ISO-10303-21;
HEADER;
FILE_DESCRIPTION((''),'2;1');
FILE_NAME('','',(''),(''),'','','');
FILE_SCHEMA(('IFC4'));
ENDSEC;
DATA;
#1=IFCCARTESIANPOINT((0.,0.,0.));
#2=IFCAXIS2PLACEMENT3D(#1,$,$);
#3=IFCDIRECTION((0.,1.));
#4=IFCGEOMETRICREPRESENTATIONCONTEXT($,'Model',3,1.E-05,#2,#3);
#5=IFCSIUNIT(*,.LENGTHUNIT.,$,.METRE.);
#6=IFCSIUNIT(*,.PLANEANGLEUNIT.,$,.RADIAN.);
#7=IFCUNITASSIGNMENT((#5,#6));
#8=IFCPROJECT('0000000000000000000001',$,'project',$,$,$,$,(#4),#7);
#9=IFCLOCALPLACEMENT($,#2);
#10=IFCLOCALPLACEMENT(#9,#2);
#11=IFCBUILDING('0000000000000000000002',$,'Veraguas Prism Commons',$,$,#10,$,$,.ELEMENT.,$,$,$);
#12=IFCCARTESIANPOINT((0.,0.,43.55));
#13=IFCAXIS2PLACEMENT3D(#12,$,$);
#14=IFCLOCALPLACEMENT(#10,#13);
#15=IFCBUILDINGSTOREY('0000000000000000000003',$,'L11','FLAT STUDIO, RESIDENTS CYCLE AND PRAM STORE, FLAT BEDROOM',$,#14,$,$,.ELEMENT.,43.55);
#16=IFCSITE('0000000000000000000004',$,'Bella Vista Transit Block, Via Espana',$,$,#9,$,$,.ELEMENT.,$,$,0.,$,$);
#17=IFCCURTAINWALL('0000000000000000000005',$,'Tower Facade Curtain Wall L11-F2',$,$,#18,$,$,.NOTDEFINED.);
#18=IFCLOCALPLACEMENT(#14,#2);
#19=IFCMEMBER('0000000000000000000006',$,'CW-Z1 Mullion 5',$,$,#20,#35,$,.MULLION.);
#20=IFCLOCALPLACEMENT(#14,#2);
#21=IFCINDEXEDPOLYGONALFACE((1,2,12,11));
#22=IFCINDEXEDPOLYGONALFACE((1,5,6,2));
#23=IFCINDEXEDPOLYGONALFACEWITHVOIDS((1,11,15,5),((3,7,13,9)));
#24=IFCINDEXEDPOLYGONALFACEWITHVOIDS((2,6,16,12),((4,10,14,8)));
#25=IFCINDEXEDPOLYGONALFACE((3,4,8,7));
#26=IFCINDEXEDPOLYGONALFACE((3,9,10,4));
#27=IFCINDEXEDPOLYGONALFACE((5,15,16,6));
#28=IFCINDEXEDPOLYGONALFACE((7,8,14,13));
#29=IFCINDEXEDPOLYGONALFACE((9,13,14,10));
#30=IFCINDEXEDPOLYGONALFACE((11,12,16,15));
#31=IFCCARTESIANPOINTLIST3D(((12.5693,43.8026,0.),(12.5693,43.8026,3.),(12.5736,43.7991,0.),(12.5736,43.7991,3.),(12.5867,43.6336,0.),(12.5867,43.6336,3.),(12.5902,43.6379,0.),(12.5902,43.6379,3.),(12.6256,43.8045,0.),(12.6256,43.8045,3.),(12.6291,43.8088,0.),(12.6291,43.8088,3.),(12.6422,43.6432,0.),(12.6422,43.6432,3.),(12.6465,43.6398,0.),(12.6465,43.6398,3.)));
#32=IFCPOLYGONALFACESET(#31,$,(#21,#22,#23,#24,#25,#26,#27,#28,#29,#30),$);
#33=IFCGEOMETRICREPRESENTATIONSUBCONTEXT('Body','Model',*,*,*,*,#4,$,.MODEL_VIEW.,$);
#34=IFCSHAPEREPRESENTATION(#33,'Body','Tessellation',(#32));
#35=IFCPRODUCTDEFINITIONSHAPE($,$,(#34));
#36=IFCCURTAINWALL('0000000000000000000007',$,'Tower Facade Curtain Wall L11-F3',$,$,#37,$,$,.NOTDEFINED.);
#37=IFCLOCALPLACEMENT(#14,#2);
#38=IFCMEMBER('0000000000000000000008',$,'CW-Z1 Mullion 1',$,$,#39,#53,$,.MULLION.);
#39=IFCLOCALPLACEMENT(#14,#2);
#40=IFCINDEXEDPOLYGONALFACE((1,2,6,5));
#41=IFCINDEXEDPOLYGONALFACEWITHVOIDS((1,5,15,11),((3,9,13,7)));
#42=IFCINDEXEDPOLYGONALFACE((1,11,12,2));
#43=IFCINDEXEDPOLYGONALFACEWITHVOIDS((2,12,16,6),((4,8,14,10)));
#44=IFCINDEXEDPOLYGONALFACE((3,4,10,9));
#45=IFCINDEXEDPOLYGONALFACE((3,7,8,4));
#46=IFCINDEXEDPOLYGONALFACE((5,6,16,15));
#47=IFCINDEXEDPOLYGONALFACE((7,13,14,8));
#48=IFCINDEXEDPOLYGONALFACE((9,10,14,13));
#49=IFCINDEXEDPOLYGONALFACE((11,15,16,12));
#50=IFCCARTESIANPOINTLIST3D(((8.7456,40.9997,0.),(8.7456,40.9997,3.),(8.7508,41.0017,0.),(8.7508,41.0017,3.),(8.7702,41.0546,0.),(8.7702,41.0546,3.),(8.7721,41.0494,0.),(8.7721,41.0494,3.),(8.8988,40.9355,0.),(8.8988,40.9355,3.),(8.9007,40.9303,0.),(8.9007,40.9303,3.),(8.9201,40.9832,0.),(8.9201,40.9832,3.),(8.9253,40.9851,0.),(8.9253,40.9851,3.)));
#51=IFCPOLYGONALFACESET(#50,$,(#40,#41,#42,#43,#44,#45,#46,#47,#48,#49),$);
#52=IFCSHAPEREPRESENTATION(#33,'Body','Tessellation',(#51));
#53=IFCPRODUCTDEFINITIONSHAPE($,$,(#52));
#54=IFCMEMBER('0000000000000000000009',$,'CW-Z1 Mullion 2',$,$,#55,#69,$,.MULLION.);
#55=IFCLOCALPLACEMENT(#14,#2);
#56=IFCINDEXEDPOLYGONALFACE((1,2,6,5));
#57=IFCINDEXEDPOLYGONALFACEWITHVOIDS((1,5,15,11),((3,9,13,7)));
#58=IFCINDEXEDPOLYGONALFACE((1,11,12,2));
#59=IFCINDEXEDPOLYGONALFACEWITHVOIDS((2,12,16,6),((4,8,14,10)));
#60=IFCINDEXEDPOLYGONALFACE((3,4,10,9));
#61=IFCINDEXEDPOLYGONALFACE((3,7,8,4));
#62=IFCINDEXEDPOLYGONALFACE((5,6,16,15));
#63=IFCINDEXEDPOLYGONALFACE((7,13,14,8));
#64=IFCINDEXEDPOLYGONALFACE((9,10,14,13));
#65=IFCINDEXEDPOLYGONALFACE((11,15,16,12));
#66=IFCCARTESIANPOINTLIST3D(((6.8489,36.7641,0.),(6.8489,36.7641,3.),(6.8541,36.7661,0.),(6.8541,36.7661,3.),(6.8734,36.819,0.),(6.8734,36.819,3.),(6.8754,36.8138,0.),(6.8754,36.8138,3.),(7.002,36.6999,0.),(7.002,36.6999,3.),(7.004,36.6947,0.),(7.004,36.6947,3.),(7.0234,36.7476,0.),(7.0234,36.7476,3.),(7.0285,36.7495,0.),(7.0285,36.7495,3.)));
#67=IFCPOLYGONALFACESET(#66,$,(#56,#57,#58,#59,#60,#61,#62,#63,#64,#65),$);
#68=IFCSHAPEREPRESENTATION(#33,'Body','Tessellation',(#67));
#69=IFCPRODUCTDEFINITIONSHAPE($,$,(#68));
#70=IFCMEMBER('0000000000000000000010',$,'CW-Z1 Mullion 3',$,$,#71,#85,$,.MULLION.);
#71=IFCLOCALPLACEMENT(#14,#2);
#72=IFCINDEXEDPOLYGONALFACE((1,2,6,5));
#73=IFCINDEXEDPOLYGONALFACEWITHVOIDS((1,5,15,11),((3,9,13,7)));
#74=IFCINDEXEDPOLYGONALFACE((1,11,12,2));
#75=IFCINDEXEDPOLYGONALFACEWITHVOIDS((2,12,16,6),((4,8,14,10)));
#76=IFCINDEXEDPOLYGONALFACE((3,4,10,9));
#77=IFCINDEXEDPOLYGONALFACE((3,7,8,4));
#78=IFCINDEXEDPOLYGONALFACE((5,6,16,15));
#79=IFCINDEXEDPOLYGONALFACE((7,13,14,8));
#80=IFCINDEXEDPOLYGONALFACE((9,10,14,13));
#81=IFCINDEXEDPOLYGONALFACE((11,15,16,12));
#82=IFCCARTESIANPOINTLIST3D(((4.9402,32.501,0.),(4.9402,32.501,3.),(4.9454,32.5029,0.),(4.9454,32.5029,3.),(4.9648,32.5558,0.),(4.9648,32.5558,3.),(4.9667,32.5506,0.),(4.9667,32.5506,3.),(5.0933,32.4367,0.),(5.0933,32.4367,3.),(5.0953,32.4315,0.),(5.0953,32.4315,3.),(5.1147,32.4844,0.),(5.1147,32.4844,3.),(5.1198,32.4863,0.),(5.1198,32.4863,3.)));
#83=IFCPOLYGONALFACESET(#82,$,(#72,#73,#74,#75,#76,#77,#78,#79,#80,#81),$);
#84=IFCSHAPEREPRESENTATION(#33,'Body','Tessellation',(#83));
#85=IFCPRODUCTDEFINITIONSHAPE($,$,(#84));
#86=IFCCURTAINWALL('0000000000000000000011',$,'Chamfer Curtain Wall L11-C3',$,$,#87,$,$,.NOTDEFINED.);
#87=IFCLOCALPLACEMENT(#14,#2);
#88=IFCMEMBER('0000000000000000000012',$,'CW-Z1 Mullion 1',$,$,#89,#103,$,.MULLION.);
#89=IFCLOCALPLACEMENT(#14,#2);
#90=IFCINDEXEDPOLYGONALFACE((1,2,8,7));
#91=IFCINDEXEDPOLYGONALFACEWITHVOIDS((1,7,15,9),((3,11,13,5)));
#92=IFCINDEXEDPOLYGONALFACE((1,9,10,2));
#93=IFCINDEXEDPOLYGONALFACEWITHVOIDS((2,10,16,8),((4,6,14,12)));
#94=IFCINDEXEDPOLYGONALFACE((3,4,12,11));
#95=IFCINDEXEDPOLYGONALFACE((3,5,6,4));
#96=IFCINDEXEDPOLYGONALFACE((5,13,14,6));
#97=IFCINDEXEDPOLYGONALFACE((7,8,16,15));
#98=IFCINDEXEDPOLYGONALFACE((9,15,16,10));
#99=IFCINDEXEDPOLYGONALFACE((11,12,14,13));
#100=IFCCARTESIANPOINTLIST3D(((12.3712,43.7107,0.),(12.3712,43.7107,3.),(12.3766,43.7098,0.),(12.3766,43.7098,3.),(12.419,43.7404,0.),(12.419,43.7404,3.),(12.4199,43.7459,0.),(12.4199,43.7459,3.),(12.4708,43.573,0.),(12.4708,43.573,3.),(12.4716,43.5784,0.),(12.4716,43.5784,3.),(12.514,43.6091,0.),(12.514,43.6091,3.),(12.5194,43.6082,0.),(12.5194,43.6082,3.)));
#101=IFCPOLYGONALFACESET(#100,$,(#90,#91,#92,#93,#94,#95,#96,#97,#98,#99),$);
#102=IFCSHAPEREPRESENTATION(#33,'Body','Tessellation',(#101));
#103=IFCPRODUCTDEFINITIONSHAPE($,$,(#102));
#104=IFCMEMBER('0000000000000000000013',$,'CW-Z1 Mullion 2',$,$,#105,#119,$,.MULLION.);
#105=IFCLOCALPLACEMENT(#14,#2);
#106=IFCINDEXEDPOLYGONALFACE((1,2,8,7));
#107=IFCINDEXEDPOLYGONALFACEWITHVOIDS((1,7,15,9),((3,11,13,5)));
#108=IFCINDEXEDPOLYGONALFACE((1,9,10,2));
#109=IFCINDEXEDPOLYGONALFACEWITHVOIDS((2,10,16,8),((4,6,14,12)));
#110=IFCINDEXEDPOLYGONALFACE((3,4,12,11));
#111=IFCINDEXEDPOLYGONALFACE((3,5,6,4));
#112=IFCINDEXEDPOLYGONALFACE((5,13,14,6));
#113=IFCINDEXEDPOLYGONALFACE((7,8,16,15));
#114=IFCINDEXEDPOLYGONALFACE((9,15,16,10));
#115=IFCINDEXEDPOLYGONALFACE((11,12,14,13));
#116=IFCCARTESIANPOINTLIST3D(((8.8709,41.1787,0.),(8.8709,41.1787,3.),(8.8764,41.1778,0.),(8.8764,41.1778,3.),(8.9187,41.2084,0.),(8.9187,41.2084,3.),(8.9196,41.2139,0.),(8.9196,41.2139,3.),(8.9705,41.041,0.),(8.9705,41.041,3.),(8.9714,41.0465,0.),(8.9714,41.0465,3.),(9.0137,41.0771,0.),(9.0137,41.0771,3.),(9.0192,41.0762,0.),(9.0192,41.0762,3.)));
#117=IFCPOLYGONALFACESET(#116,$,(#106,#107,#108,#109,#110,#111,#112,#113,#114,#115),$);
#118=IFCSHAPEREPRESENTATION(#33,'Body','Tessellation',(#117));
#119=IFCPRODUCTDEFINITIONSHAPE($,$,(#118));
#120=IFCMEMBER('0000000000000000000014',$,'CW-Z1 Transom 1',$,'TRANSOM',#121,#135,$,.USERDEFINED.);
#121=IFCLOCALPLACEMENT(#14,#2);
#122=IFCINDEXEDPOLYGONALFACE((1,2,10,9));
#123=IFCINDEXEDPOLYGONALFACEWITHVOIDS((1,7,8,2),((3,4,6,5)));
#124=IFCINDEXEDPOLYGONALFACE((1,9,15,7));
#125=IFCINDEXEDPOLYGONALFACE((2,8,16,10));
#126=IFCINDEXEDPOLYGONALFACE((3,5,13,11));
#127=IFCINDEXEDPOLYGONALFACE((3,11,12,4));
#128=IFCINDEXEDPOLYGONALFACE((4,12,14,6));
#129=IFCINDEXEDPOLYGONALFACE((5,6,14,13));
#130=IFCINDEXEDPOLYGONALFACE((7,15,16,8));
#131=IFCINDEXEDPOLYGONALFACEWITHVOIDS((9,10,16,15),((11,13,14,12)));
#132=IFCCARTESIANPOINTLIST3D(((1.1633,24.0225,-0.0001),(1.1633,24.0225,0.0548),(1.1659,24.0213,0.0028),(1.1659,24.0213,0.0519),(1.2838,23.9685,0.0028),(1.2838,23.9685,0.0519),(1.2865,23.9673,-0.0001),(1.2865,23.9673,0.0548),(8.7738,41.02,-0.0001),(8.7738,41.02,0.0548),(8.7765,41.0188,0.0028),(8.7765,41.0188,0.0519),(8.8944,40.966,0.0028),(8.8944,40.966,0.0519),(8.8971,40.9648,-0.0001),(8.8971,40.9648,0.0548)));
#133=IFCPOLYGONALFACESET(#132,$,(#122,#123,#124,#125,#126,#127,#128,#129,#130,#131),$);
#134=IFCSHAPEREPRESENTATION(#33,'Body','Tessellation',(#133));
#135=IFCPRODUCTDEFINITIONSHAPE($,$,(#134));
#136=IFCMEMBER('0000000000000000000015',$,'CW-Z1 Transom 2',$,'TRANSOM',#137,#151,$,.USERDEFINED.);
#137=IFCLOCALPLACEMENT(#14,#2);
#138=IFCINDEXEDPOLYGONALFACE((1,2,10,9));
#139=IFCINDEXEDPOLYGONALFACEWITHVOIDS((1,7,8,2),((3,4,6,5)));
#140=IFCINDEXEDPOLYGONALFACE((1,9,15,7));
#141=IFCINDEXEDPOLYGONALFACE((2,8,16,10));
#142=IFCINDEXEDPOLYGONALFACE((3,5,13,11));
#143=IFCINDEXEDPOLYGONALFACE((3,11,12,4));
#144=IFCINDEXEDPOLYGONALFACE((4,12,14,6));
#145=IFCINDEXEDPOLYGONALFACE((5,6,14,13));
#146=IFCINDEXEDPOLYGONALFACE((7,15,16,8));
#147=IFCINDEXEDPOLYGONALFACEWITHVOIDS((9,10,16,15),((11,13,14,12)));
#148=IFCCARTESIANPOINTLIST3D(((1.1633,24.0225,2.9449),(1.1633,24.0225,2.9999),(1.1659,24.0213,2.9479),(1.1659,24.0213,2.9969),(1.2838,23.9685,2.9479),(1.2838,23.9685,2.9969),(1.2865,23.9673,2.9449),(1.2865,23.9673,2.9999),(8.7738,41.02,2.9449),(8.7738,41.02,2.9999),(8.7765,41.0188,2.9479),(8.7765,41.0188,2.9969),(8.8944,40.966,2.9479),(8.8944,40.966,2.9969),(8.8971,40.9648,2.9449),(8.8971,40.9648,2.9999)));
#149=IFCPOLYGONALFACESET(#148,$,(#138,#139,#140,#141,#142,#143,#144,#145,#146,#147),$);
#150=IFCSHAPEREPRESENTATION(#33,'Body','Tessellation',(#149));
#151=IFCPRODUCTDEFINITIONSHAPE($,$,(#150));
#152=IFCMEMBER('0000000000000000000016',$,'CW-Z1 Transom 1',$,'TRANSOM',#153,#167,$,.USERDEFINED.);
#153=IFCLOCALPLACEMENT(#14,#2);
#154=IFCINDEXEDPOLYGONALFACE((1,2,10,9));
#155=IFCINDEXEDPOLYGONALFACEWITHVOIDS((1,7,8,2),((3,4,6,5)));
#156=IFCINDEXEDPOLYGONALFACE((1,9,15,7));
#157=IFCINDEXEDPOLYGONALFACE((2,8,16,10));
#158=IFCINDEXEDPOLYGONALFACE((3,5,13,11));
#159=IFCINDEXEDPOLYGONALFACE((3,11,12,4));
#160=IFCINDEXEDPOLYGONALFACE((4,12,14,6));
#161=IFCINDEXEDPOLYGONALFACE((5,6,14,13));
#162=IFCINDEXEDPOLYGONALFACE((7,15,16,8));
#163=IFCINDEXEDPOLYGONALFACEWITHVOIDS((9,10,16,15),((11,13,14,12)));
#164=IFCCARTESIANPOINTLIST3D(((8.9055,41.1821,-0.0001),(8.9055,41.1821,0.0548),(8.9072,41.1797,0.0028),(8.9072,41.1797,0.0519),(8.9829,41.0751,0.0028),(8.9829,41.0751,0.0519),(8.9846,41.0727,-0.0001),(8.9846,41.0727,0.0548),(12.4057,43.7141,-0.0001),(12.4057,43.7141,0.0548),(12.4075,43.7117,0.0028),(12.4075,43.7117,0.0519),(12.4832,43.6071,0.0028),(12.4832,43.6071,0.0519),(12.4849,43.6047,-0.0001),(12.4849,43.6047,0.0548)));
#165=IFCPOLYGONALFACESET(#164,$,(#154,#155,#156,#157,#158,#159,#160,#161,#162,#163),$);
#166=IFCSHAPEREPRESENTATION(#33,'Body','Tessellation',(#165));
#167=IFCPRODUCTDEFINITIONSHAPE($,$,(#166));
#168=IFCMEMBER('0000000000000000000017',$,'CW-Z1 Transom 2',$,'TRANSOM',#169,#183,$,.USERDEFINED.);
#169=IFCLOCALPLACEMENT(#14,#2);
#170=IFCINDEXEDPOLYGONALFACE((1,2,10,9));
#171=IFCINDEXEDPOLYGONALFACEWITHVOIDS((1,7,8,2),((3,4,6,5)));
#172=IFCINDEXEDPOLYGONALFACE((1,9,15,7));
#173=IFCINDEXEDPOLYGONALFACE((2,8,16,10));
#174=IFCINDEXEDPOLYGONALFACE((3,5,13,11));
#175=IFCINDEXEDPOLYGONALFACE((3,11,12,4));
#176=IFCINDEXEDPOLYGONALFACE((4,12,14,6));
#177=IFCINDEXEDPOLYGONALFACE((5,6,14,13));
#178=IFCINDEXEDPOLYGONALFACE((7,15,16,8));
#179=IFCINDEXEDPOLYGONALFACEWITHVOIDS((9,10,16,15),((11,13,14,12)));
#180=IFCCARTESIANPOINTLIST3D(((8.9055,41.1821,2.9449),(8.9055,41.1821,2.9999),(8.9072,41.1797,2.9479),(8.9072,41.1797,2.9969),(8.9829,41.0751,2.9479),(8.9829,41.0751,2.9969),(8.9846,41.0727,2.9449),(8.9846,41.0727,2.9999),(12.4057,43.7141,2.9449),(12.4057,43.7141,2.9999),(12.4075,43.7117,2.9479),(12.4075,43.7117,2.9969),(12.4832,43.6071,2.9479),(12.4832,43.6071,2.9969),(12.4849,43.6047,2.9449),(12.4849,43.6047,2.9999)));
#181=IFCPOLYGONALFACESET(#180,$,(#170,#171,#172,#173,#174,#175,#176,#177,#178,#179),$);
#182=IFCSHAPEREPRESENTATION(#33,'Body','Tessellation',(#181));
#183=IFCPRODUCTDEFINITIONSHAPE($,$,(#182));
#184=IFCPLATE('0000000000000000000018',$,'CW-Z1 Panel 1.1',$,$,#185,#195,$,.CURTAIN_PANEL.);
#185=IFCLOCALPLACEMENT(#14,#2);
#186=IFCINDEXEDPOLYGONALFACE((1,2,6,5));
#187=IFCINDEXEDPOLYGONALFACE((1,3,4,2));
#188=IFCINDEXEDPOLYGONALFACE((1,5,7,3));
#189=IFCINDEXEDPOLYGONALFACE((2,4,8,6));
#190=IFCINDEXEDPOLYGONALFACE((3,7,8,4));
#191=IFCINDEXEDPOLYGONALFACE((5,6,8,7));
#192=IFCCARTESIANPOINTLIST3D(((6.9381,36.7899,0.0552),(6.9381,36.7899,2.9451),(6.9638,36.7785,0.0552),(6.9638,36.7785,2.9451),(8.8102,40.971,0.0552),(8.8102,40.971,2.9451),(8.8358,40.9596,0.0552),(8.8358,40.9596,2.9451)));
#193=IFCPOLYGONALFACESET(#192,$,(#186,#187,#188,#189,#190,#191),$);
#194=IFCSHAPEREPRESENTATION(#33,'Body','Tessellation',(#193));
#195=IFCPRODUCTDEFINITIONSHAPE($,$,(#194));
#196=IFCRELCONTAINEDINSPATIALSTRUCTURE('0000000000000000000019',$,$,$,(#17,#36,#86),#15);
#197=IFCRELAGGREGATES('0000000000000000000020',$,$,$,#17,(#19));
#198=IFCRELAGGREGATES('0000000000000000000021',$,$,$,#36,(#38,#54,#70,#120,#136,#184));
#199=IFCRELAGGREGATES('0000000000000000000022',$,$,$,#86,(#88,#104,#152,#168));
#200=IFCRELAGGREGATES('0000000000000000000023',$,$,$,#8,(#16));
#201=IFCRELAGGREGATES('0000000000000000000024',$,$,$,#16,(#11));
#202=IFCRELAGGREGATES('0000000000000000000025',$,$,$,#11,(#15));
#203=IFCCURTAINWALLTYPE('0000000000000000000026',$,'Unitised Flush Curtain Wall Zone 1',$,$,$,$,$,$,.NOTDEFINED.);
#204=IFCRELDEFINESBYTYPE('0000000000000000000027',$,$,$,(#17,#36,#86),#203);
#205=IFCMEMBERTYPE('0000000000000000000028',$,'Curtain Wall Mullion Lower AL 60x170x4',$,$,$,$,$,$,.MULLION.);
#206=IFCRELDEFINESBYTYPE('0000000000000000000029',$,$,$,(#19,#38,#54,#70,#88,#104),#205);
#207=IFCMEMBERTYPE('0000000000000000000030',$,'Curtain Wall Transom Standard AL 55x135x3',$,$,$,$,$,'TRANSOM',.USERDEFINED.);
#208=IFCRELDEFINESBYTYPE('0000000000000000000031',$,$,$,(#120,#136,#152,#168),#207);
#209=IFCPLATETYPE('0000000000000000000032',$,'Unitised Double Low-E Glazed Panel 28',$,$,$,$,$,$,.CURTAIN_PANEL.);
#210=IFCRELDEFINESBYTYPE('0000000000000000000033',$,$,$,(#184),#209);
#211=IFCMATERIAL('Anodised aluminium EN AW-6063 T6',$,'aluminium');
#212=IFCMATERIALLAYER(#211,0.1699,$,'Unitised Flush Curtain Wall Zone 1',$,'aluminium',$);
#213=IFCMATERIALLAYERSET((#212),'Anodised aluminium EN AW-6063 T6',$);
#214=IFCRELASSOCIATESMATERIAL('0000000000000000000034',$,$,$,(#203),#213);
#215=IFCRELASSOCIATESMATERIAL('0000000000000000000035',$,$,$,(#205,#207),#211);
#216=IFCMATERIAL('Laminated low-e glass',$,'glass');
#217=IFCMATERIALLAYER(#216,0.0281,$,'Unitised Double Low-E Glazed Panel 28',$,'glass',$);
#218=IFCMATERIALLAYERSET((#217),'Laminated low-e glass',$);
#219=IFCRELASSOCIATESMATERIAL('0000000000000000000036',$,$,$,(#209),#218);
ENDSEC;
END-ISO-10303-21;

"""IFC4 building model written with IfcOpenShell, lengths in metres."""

from ifc_helpers import new_model, si_unit, direction, frame, origin, origin_2d, place, context, subcontext, project, spatial, rectangle, hollow_rectangle, extrude, source, transform, mapped, material, layer, layer_set, material_profile, profile_set, type_object, element, aggregate, save


model = new_model("IFC4")

# Units and contexts
model_context = context("Model", 3, precision=1e-05, world=origin(), true_north=direction((0.0, 1.0)))
body_context = subcontext(model_context, "Body", "Model", "MODEL_VIEW")
ifc_project = project(units=[si_unit("LENGTHUNIT", "METRE"), si_unit("PLANEANGLEUNIT", "RADIAN")], contexts=[model_context])

# Site, building, storey
site_placement = place(None, origin())
site = spatial("IfcSite", under=ifc_project, at=site_placement, Name="Bella Vista Transit Block, Via Espana", CompositionType="ELEMENT", RefElevation=0.0)
building_placement = place(site_placement, origin())
building = spatial("IfcBuilding", under=site, at=building_placement, Name="Veraguas Prism Commons", CompositionType="ELEMENT")
storey_placement = place(building_placement, frame((0.0, 0.0, 43.55)))
storey = spatial("IfcBuildingStorey", under=building, at=storey_placement, Name="L11", Description="FLAT STUDIO, RESIDENTS CYCLE AND PRAM STORE, FLAT BEDROOM", CompositionType="ELEMENT", Elevation=43.55)

# Curtain wall, member
ifc_material_1 = material(Name="Anodised aluminium EN AW-6063 T6", Category="aluminium")
ifc_layer_1 = layer(ifc_material_1, 0.1699, Name="Unitised Flush Curtain Wall Zone 1", Category="aluminium")
ifc_layer_set_1 = layer_set([ifc_layer_1], Name="Anodised aluminium EN AW-6063 T6")
curtain_wall_type = type_object("IfcCurtainWallType", Name="Unitised Flush Curtain Wall Zone 1", PredefinedType="NOTDEFINED", material=ifc_layer_set_1)
curtain_wall_1_placement = place(storey_placement, origin())
curtain_wall_1 = element("IfcCurtainWall", 1, at=curtain_wall_1_placement, inside=storey, type_object=curtain_wall_type, Name="Tower Facade Curtain Wall L11-F2", PredefinedType="NOTDEFINED")
ifc_material_profile_1 = material_profile(ifc_material_1, hollow_rectangle(XDim=0.0601, YDim=0.1699, WallThickness=0.0039, at=origin_2d()), Name="AL60X170X4")
ifc_profile_set_1 = profile_set([ifc_material_profile_1], Name="Anodised aluminium EN AW-6063 T6")
member_type_1 = type_object("IfcMemberType", Name="Curtain Wall Mullion Lower AL 60x170x4", PredefinedType="MULLION", material=ifc_profile_set_1)
shared_shape_1 = source(origin(), body_context, "Body", "SweptSolid", [
    extrude(hollow_rectangle(XDim=0.0601, YDim=0.1699, WallThickness=0.0039, at=origin_2d()), origin(), (0.0, 0.0, 1.0), 3.0),
])
member_1_placement = place(storey_placement, frame((12.6079, 43.7212, 0.0), z_axis=(0.0, 0.0, 1.0), x_axis=(-0.994738, -0.102447, 0.0)))
member_1 = element("IfcMember", 2, at=member_1_placement, type_object=member_type_1, Name="CW-Z1 Mullion 5", PredefinedType="MULLION", context=body_context, shape_type="MappedRepresentation", body=[
    mapped(shared_shape_1, transform((0.0, 0.0, 0.0), scale=1.0)),
])
aggregate(curtain_wall_1, [member_1])

# Curtain walls, members
curtain_wall_2_placement = place(storey_placement, origin())
curtain_wall_2 = element("IfcCurtainWall", 3, at=curtain_wall_2_placement, inside=storey, type_object=curtain_wall_type, Name="Tower Facade Curtain Wall L11-F3", PredefinedType="NOTDEFINED")
member_2_placement = place(storey_placement, frame((8.8354, 40.9924, 0.0), z_axis=(0.0, 0.0, 1.0), x_axis=(-0.408649, -0.912692, 0.0)))
member_2 = element("IfcMember", 4, at=member_2_placement, type_object=member_type_1, Name="CW-Z1 Mullion 1", PredefinedType="MULLION", context=body_context, shape_type="MappedRepresentation", body=[
    mapped(shared_shape_1, transform((0.0, 0.0, 0.0), scale=1.0)),
])
member_3_placement = place(storey_placement, frame((6.9387, 36.7568, 0.0), z_axis=(0.0, 0.0, 1.0), x_axis=(-0.408649, -0.912692, 0.0)))
member_3 = element("IfcMember", 5, at=member_3_placement, type_object=member_type_1, Name="CW-Z1 Mullion 2", PredefinedType="MULLION", context=body_context, shape_type="MappedRepresentation", body=[
    mapped(shared_shape_1, transform((0.0, 0.0, 0.0), scale=1.0)),
])
member_4_placement = place(storey_placement, frame((5.03, 32.4937, 0.0), z_axis=(0.0, 0.0, 1.0), x_axis=(-0.408649, -0.912692, 0.0)))
member_4 = element("IfcMember", 6, at=member_4_placement, type_object=member_type_1, Name="CW-Z1 Mullion 3", PredefinedType="MULLION", context=body_context, shape_type="MappedRepresentation", body=[
    mapped(shared_shape_1, transform((0.0, 0.0, 0.0), scale=1.0)),
])
curtain_wall_3_placement = place(storey_placement, origin())
curtain_wall_3 = element("IfcCurtainWall", 7, at=curtain_wall_3_placement, inside=storey, type_object=curtain_wall_type, Name="Chamfer Curtain Wall L11-C3", PredefinedType="NOTDEFINED")
member_5_placement = place(storey_placement, frame((12.4453, 43.6594, 0.0), z_axis=(0.0, 0.0, 1.0), x_axis=(-0.810264, -0.586066, 0.0)))
member_5 = element("IfcMember", 8, at=member_5_placement, type_object=member_type_1, Name="CW-Z1 Mullion 1", PredefinedType="MULLION", context=body_context, shape_type="MappedRepresentation", body=[
    mapped(shared_shape_1, transform((0.0, 0.0, 0.0), scale=1.0)),
])
member_6_placement = place(storey_placement, frame((8.9451, 41.1274, 0.0), z_axis=(0.0, 0.0, 1.0), x_axis=(-0.810264, -0.586066, 0.0)))
member_6 = element("IfcMember", 9, at=member_6_placement, type_object=member_type_1, Name="CW-Z1 Mullion 2", PredefinedType="MULLION", context=body_context, shape_type="MappedRepresentation", body=[
    mapped(shared_shape_1, transform((0.0, 0.0, 0.0), scale=1.0)),
])

# Members
ifc_material_profile_2 = material_profile(ifc_material_1, hollow_rectangle(XDim=0.0549, YDim=0.135, WallThickness=0.0029, at=origin_2d()), Name="AL55X135X3")
ifc_profile_set_2 = profile_set([ifc_material_profile_2], Name="Anodised aluminium EN AW-6063 T6")
member_type_2 = type_object("IfcMemberType", Name="Curtain Wall Transom Standard AL 55x135x3", ElementType="TRANSOM", PredefinedType="USERDEFINED", material=ifc_profile_set_2)
shared_shape_2 = source(origin(), body_context, "Body", "SweptSolid", [
    extrude(hollow_rectangle(XDim=0.0549, YDim=0.135, WallThickness=0.0029, at=origin_2d()), origin(), (0.0, 0.0, 1.0), 18.6235),
])
member_7_placement = place(storey_placement, frame((8.8354, 40.9924, 0.0273), z_axis=(-0.408653, -0.91269, 0.0), x_axis=(0.0, 0.0, 1.0)))
member_7 = element("IfcMember", 10, at=member_7_placement, type_object=member_type_2, Name="CW-Z1 Transom 1", ObjectType="TRANSOM", PredefinedType="USERDEFINED", context=body_context, shape_type="MappedRepresentation", body=[
    mapped(shared_shape_2, transform((0.0, 0.0, 0.0), scale=1.0)),
])
member_8_placement = place(storey_placement, frame((8.8354, 40.9924, 2.9724), z_axis=(-0.408653, -0.91269, 0.0), x_axis=(0.0, 0.0, 1.0)))
member_8 = element("IfcMember", 11, at=member_8_placement, type_object=member_type_2, Name="CW-Z1 Transom 2", ObjectType="TRANSOM", PredefinedType="USERDEFINED", context=body_context, shape_type="MappedRepresentation", body=[
    mapped(shared_shape_2, transform((0.0, 0.0, 0.0), scale=1.0)),
])
shared_shape_3 = source(origin(), body_context, "Body", "SweptSolid", [
    extrude(hollow_rectangle(XDim=0.0549, YDim=0.135, WallThickness=0.0029, at=origin_2d()), origin(), (0.0, 0.0, 1.0), 4.3201),
])
member_9_placement = place(storey_placement, frame((12.4453, 43.6594, 0.0273), z_axis=(-0.810236, -0.586103, 0.0), x_axis=(0.0, 0.0, 1.0)))
member_9 = element("IfcMember", 12, at=member_9_placement, type_object=member_type_2, Name="CW-Z1 Transom 1", ObjectType="TRANSOM", PredefinedType="USERDEFINED", context=body_context, shape_type="MappedRepresentation", body=[
    mapped(shared_shape_3, transform((0.0, 0.0, 0.0), scale=1.0)),
])
member_10_placement = place(storey_placement, frame((12.4453, 43.6594, 2.9724), z_axis=(-0.810236, -0.586103, 0.0), x_axis=(0.0, 0.0, 1.0)))
member_10 = element("IfcMember", 13, at=member_10_placement, type_object=member_type_2, Name="CW-Z1 Transom 2", ObjectType="TRANSOM", PredefinedType="USERDEFINED", context=body_context, shape_type="MappedRepresentation", body=[
    mapped(shared_shape_3, transform((0.0, 0.0, 0.0), scale=1.0)),
])

# Plate
ifc_material_2 = material(Name="Laminated low-e glass", Category="glass")
ifc_layer_2 = layer(ifc_material_2, 0.0281, Name="Unitised Double Low-E Glazed Panel 28", Category="glass")
ifc_layer_set_2 = layer_set([ifc_layer_2], Name="Laminated low-e glass")
plate_type = type_object("IfcPlateType", Name="Unitised Double Low-E Glazed Panel 28", PredefinedType="CURTAIN_PANEL", material=ifc_layer_set_2)
shared_shape_4 = source(origin(), body_context, "Body", "SweptSolid", [
    extrude(rectangle(XDim=4.5811, YDim=0.0281, at=origin_2d()), origin(), (0.0, 0.0, 1.0), 2.8899),
])
plate_1_placement = place(storey_placement, frame((7.887, 38.8748, 0.0552), z_axis=(0.0, 0.0, 1.0), x_axis=(-0.408649, -0.912692, 0.0)))
plate_1 = element("IfcPlate", 14, at=plate_1_placement, type_object=plate_type, Name="CW-Z1 Panel 1.1", PredefinedType="CURTAIN_PANEL", context=body_context, shape_type="MappedRepresentation", body=[
    mapped(shared_shape_4, transform((0.0, 0.0, 0.0), scale=1.0)),
])
aggregate(curtain_wall_2, [member_2, member_3, member_4, member_7, member_8, plate_1])
aggregate(curtain_wall_3, [member_5, member_6, member_9, member_10])

save(model, "model.ifc")
